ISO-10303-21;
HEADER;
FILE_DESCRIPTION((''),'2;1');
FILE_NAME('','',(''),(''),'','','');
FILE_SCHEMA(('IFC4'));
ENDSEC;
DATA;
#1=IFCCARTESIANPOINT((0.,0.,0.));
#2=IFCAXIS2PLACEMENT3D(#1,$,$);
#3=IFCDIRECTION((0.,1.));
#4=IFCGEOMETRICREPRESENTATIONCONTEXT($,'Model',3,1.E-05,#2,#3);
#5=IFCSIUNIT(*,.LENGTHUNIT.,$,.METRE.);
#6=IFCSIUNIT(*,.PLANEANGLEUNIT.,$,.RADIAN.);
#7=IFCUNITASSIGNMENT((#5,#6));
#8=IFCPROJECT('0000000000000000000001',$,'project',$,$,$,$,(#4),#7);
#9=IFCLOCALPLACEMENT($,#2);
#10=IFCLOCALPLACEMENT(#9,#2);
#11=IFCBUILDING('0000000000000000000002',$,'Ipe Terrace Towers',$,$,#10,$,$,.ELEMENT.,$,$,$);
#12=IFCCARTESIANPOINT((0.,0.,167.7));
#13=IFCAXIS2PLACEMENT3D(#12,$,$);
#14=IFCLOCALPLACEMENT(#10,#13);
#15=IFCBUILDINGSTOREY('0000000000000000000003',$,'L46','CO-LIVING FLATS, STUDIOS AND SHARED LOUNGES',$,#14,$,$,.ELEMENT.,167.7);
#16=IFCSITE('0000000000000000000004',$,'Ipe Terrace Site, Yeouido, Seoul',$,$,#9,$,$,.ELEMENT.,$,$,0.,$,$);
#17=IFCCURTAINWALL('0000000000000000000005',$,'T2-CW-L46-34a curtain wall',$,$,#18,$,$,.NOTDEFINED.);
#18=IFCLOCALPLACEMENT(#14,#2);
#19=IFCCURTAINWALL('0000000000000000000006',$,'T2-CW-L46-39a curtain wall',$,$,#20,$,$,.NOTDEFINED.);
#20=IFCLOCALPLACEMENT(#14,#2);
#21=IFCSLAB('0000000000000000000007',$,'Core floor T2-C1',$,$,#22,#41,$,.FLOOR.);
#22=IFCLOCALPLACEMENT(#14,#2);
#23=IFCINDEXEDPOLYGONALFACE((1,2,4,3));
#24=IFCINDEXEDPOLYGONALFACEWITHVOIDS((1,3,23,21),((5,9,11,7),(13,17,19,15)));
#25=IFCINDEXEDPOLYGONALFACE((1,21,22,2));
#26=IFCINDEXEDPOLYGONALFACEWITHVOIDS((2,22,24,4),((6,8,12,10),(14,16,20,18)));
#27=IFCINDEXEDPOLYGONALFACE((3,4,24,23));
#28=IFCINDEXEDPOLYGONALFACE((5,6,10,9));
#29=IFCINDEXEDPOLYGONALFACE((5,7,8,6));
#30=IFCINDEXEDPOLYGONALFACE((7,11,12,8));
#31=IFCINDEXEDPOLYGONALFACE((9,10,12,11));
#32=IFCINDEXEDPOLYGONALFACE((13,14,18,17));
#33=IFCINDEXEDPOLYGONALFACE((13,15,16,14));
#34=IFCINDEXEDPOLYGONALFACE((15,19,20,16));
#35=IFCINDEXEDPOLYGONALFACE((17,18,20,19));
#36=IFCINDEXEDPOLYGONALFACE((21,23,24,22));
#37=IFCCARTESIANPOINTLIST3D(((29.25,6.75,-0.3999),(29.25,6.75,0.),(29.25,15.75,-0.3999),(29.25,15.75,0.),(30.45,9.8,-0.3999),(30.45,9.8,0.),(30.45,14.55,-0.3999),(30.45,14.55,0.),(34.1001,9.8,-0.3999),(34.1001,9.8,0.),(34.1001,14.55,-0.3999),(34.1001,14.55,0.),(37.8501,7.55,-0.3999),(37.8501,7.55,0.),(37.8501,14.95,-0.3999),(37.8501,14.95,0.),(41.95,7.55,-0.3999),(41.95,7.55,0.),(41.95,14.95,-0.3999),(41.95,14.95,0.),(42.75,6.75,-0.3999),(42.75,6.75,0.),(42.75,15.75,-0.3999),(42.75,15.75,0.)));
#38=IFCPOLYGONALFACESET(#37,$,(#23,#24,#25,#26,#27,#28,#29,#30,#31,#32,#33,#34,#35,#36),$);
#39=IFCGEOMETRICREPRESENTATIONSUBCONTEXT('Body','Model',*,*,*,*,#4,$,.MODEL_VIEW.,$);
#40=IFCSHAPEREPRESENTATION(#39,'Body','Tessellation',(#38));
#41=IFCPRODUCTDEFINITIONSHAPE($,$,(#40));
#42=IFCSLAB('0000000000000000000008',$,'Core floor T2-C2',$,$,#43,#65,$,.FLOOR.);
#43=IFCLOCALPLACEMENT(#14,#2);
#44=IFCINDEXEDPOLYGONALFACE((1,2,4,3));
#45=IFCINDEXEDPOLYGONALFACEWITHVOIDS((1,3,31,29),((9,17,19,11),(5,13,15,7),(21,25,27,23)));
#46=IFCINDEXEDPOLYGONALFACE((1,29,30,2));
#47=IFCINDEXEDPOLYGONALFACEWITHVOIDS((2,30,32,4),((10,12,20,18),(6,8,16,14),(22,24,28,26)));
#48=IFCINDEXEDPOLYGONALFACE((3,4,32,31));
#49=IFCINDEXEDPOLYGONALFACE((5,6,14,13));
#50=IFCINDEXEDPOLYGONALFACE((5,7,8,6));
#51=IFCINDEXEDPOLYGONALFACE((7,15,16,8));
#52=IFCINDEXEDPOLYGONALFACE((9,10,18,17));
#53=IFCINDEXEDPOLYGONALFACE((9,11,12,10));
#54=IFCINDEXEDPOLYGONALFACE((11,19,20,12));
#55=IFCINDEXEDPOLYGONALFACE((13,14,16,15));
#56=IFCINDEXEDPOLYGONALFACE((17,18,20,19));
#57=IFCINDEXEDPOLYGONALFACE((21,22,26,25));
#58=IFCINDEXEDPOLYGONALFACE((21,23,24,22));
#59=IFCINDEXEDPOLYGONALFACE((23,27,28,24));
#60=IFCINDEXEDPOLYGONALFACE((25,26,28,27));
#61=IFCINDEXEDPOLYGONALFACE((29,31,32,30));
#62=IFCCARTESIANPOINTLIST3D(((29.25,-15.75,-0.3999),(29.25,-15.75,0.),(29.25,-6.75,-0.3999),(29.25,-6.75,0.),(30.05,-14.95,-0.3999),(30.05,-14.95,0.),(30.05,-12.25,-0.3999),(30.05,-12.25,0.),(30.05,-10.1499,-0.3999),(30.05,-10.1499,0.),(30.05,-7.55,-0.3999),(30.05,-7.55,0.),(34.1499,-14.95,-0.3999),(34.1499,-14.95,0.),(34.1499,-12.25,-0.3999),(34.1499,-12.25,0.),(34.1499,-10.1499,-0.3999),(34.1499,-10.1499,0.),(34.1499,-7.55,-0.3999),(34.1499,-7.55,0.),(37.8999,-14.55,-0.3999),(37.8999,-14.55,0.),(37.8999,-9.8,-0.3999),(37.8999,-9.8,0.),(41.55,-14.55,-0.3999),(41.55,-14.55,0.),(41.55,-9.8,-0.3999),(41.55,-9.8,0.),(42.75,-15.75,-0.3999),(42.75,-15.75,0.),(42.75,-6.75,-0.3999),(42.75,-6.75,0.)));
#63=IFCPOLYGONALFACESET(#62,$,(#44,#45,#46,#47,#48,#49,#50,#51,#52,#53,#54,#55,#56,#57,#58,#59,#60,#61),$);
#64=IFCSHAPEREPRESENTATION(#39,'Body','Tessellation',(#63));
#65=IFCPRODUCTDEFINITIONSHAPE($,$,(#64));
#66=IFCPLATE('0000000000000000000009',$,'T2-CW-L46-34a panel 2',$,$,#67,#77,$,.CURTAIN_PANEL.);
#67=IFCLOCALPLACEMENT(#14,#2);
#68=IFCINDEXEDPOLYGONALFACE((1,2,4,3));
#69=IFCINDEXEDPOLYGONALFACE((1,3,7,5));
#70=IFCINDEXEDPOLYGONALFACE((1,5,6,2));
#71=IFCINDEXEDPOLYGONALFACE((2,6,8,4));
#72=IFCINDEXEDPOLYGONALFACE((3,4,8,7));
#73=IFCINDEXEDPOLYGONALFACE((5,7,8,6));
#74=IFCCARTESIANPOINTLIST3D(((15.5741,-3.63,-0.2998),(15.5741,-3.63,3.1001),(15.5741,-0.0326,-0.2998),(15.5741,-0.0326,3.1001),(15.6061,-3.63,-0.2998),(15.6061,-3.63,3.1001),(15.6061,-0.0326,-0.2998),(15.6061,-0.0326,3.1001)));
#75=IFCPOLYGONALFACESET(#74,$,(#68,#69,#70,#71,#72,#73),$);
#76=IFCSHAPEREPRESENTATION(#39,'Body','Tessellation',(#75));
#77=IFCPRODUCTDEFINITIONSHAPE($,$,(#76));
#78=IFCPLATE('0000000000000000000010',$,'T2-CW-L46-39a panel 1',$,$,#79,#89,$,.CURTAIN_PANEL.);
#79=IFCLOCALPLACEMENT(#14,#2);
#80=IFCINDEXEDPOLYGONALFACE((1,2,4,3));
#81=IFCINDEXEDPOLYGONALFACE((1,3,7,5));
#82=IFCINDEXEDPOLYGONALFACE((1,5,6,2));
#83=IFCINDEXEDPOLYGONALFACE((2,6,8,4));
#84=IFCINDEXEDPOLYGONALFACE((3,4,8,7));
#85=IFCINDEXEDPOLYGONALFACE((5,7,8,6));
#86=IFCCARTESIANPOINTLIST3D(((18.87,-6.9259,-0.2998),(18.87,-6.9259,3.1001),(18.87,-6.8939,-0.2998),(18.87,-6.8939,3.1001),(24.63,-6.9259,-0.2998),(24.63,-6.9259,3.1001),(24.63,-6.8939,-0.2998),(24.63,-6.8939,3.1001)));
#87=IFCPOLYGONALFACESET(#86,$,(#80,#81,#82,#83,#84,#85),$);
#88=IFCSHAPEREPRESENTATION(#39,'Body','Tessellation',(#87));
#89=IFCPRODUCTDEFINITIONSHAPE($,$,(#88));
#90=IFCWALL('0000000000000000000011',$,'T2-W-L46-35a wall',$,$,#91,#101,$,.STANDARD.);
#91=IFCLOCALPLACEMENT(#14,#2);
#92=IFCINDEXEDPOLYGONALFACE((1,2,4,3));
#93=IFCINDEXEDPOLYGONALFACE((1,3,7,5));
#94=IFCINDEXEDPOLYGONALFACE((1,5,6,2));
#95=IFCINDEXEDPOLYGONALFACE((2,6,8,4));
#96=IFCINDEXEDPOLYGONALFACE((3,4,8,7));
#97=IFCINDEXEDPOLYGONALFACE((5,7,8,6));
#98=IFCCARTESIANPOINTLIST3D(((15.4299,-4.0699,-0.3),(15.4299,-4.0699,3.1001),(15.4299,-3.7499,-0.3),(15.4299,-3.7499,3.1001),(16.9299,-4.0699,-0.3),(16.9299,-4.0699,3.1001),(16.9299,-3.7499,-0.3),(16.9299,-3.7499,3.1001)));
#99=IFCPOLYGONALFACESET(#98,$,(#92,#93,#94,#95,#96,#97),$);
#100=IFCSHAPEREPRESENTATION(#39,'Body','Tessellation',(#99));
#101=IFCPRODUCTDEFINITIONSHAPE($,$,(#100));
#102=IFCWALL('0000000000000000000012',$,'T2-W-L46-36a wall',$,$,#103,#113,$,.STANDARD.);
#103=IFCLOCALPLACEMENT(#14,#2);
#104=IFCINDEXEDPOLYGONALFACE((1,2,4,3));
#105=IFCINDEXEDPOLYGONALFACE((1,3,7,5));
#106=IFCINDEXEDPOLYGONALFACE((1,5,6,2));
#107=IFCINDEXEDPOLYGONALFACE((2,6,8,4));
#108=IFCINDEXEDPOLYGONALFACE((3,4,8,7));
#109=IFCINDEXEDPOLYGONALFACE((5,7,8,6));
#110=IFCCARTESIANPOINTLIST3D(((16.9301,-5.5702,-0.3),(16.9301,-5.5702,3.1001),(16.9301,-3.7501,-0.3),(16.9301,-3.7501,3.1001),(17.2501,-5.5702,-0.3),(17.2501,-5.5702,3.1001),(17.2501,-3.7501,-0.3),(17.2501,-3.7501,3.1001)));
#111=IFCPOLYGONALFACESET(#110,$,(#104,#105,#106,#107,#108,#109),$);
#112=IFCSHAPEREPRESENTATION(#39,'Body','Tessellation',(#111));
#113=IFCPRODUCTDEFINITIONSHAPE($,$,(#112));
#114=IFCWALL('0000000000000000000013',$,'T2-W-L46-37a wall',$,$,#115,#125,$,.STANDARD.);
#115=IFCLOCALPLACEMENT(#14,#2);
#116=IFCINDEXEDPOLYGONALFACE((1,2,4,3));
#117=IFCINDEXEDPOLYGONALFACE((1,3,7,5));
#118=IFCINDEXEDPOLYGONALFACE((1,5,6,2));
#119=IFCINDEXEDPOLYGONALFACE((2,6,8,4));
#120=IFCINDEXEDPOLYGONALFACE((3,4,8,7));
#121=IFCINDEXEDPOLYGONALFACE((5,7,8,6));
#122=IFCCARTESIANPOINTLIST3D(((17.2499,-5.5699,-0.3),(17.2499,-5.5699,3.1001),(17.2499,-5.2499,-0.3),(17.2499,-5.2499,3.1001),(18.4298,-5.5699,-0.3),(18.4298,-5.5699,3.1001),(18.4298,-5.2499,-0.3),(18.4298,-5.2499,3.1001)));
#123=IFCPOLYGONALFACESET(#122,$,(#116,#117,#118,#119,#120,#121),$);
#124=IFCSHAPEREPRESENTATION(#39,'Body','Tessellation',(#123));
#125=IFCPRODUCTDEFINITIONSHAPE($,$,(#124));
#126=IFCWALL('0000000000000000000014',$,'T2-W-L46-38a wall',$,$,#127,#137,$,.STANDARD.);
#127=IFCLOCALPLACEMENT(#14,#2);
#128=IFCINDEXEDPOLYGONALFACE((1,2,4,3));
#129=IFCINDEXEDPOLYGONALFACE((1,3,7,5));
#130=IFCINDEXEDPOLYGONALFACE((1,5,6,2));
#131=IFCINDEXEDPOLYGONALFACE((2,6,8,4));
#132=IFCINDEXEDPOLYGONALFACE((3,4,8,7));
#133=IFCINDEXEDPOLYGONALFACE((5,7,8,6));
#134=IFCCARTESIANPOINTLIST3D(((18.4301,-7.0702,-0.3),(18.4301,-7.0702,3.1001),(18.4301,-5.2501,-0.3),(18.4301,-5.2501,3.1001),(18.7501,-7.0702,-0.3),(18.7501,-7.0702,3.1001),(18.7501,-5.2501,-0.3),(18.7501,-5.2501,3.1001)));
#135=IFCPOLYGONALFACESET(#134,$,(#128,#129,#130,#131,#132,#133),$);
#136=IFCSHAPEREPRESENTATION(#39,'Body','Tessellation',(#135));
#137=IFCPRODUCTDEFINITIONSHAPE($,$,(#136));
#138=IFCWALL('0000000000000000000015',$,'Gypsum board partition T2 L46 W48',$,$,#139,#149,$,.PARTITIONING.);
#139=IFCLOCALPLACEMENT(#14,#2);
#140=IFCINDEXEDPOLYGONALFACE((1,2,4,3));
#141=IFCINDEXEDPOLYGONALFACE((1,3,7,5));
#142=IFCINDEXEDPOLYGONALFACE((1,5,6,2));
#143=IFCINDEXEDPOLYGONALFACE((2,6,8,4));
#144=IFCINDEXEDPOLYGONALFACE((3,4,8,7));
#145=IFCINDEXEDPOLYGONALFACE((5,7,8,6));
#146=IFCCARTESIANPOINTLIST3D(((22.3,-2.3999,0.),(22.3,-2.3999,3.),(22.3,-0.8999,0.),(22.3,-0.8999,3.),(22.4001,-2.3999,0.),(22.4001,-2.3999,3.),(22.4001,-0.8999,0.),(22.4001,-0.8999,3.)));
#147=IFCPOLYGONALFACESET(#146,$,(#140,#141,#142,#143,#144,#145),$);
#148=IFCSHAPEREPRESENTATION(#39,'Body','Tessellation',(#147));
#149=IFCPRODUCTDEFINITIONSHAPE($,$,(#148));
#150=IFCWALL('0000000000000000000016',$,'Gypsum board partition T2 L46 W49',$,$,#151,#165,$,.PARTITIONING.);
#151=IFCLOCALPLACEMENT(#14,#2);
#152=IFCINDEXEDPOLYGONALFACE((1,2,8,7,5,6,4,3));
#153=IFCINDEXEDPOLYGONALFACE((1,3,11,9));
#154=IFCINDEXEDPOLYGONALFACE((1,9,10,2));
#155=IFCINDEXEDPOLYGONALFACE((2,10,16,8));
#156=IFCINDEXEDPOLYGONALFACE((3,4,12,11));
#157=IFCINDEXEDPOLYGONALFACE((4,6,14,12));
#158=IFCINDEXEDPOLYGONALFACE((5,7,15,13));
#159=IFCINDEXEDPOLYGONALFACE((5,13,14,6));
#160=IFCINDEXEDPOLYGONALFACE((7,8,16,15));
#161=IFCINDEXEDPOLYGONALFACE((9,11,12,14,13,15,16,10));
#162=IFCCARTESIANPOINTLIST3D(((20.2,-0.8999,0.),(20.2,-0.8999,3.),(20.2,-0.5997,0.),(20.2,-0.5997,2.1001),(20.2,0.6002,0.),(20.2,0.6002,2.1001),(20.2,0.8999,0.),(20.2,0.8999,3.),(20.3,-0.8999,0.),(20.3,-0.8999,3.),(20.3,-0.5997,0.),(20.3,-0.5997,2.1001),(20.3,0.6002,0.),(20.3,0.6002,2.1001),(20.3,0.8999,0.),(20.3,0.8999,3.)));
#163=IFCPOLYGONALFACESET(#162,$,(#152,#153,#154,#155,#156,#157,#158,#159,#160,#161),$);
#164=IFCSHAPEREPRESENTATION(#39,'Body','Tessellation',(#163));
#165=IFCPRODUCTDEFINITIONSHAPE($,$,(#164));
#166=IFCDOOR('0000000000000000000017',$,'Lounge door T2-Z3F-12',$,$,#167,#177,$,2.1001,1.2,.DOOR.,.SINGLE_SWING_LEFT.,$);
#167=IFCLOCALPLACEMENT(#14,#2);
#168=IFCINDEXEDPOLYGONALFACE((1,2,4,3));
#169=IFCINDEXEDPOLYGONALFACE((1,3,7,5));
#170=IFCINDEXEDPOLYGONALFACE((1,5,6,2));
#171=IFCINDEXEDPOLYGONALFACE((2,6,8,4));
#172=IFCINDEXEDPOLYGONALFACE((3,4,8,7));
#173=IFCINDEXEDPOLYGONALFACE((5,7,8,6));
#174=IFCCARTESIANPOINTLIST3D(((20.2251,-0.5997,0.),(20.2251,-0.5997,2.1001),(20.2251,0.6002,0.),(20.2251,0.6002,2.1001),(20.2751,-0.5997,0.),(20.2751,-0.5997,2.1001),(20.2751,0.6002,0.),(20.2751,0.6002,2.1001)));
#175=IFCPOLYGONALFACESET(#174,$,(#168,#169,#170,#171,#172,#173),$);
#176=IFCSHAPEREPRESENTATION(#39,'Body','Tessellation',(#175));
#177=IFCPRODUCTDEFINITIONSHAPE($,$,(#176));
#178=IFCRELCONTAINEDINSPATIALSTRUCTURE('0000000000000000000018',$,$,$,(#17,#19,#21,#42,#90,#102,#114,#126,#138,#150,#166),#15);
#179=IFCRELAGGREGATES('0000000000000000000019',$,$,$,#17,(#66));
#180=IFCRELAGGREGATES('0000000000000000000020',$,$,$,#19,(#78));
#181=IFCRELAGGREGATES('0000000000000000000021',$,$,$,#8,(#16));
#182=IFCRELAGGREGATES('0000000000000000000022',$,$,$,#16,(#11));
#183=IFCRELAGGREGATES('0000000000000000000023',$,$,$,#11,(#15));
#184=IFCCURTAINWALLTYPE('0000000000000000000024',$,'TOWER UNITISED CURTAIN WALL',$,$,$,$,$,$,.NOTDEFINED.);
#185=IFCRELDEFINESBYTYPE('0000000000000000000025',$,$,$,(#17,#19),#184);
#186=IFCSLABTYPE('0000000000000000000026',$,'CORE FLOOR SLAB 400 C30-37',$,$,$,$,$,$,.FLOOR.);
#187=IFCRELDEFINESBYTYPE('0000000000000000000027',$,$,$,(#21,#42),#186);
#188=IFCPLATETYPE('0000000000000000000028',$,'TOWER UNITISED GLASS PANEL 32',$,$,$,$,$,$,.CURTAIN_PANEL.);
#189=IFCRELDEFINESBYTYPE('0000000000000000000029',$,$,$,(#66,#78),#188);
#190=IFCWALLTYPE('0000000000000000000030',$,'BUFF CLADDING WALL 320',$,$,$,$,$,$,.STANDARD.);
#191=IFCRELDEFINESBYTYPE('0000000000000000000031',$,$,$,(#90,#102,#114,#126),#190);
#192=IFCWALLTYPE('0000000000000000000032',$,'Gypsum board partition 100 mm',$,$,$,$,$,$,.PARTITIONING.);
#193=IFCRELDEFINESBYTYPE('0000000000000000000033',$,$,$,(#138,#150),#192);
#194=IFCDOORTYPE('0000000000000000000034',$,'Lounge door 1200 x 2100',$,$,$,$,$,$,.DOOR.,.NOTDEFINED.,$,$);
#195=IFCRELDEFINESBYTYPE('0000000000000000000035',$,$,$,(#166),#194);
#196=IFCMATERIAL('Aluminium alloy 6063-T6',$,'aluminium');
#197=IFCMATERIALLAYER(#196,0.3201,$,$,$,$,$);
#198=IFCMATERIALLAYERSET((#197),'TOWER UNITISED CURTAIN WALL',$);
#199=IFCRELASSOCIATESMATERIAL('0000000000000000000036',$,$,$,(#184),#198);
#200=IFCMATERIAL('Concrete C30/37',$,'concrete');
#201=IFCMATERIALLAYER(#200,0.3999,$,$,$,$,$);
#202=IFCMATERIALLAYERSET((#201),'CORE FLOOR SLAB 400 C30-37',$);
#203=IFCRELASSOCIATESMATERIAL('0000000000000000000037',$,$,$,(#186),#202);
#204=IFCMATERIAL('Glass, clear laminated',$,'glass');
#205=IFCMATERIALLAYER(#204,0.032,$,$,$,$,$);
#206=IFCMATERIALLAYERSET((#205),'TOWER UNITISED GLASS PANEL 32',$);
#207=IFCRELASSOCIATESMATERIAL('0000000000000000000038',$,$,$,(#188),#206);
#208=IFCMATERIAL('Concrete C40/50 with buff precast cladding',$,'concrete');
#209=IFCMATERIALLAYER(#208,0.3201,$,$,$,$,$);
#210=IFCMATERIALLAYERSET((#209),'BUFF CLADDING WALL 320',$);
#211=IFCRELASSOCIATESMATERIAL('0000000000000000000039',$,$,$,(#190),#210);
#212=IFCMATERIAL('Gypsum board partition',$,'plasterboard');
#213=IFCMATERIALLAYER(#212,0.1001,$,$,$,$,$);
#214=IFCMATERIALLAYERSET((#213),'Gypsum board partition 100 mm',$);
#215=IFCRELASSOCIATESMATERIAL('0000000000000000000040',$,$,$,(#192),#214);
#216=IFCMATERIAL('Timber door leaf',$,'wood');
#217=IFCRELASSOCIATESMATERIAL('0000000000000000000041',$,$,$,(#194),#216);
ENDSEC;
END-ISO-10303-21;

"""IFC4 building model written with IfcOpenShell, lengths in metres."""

from ifc_helpers import new_model, si_unit, direction, frame, frame_2d, origin, origin_2d, place, context, subcontext, project, spatial, polyline, rectangle, outline, extrude, material, layer, layer_set, type_object, element, fill, aggregate, save


model = new_model("IFC4")

# Units and contexts
model_context = context("Model", 3, precision=1e-05, world=origin(), true_north=direction((0.0, 1.0)))
body_context = subcontext(model_context, "Body", "Model", "MODEL_VIEW")
ifc_project = project(units=[si_unit("LENGTHUNIT", "METRE"), si_unit("PLANEANGLEUNIT", "RADIAN")], contexts=[model_context])

# Site, building, storey
site_placement = place(None, origin())
site = spatial("IfcSite", under=ifc_project, at=site_placement, Name="Ipe Terrace Site, Yeouido, Seoul", CompositionType="ELEMENT", RefElevation=0.0)
building_placement = place(site_placement, origin())
building = spatial("IfcBuilding", under=site, at=building_placement, Name="Ipe Terrace Towers", CompositionType="ELEMENT")
storey_placement = place(building_placement, frame((0.0, 0.0, 167.7)))
storey = spatial("IfcBuildingStorey", under=building, at=storey_placement, Name="L46", Description="CO-LIVING FLATS, STUDIOS AND SHARED LOUNGES", CompositionType="ELEMENT", Elevation=167.7)

# Curtain walls
ifc_material_1 = material(Name="Aluminium alloy 6063-T6", Category="aluminium")
ifc_layer_1 = layer(ifc_material_1, 0.3201)
ifc_layer_set_1 = layer_set([ifc_layer_1], Name="TOWER UNITISED CURTAIN WALL")
curtain_wall_type = type_object("IfcCurtainWallType", Name="TOWER UNITISED CURTAIN WALL", PredefinedType="NOTDEFINED", material=ifc_layer_set_1)
curtain_wall_1_placement = place(storey_placement, origin())
curtain_wall_1 = element("IfcCurtainWall", 1, at=curtain_wall_1_placement, inside=storey, type_object=curtain_wall_type, Name="T2-CW-L46-34a curtain wall", PredefinedType="NOTDEFINED")
curtain_wall_2_placement = place(storey_placement, origin())
curtain_wall_2 = element("IfcCurtainWall", 2, at=curtain_wall_2_placement, inside=storey, type_object=curtain_wall_type, Name="T2-CW-L46-39a curtain wall", PredefinedType="NOTDEFINED")

# Slabs
ifc_material_2 = material(Name="Concrete C30/37", Category="concrete")
ifc_layer_2 = layer(ifc_material_2, 0.3999)
ifc_layer_set_2 = layer_set([ifc_layer_2], Name="CORE FLOOR SLAB 400 C30-37")
slab_type = type_object("IfcSlabType", Name="CORE FLOOR SLAB 400 C30-37", PredefinedType="FLOOR", material=ifc_layer_set_2)
slab_1_placement = place(storey_placement, frame((0.0, 0.0, -0.3999)))
element("IfcSlab", 3, at=slab_1_placement, inside=storey, type_object=slab_type, Name="Core floor T2-C1", PredefinedType="FLOOR", context=body_context, shape_type="SweptSolid", body=[
    extrude(outline(polyline([(29.25, 6.75), (29.25, 15.75), (42.75, 15.75), (42.75, 6.75), (29.25, 6.75)]), holes=[polyline([(41.95, 7.55), (41.95, 14.95), (37.8501, 14.95), (37.8501, 7.55), (41.95, 7.55)]), polyline([(30.45, 9.8), (34.1001, 9.8), (34.1001, 14.55), (30.45, 14.55), (30.45, 9.8)])]), origin(), (0.0, 0.0, 1.0), 0.3999),
])
slab_2_placement = place(storey_placement, frame((0.0, 0.0, -0.3999)))
element("IfcSlab", 4, at=slab_2_placement, inside=storey, type_object=slab_type, Name="Core floor T2-C2", PredefinedType="FLOOR", context=body_context, shape_type="SweptSolid", body=[
    extrude(outline(polyline([(29.25, -15.75), (29.25, -6.75), (42.75, -6.75), (42.75, -15.75), (29.25, -15.75)]), holes=[polyline([(30.05, -12.25), (30.05, -14.95), (34.1499, -14.95), (34.1499, -12.25), (30.05, -12.25)]), polyline([(41.55, -9.8), (37.8999, -9.8), (37.8999, -14.55), (41.55, -14.55), (41.55, -9.8)]), polyline([(34.1499, -7.55), (30.05, -7.55), (30.05, -10.1499), (34.1499, -10.1499), (34.1499, -7.55)])]), origin(), (0.0, 0.0, 1.0), 0.3999),
])

# Plates
ifc_material_3 = material(Name="Glass, clear laminated", Category="glass")
ifc_layer_3 = layer(ifc_material_3, 0.032)
ifc_layer_set_3 = layer_set([ifc_layer_3], Name="TOWER UNITISED GLASS PANEL 32")
plate_type = type_object("IfcPlateType", Name="TOWER UNITISED GLASS PANEL 32", PredefinedType="CURTAIN_PANEL", material=ifc_layer_set_3)
plate_1_placement = place(storey_placement, frame((15.5901, -1.8313, -0.2998), z_axis=(0.0, 0.0, 1.0), x_axis=(0.0, -1.0, 0.0)))
plate_1 = element("IfcPlate", 5, at=plate_1_placement, type_object=plate_type, Name="T2-CW-L46-34a panel 2", PredefinedType="CURTAIN_PANEL", context=body_context, shape_type="SweptSolid", body=[
    extrude(rectangle(XDim=3.5974, YDim=0.032, at=origin_2d()), origin(), (0.0, 0.0, 1.0), 3.3999),
])
aggregate(curtain_wall_1, [plate_1])
plate_2_placement = place(storey_placement, frame((21.75, -6.9099, -0.2998), z_axis=(0.0, 0.0, 1.0), x_axis=(1.0, 0.0, 0.0)))
plate_2 = element("IfcPlate", 6, at=plate_2_placement, type_object=plate_type, Name="T2-CW-L46-39a panel 1", PredefinedType="CURTAIN_PANEL", context=body_context, shape_type="SweptSolid", body=[
    extrude(rectangle(XDim=5.76, YDim=0.032, at=origin_2d()), origin(), (0.0, 0.0, 1.0), 3.3999),
])
aggregate(curtain_wall_2, [plate_2])

# Walls
ifc_material_4 = material(Name="Concrete C40/50 with buff precast cladding", Category="concrete")
ifc_layer_4 = layer(ifc_material_4, 0.3201)
ifc_layer_set_4 = layer_set([ifc_layer_4], Name="BUFF CLADDING WALL 320")
wall_type_1 = type_object("IfcWallType", Name="BUFF CLADDING WALL 320", PredefinedType="STANDARD", material=ifc_layer_set_4)
wall_1_placement = place(storey_placement, frame((15.4299, -3.9099, -0.3), z_axis=(0.0, 0.0, 1.0), x_axis=(1.0, 0.0, 0.0)))
element("IfcWall", 7, at=wall_1_placement, inside=storey, type_object=wall_type_1, Name="T2-W-L46-35a wall", PredefinedType="STANDARD", context=body_context, shape_type="SweptSolid", body=[
    extrude(rectangle(XDim=1.5, YDim=0.3201, at=frame_2d((0.75, 0.0))), origin(), (0.0, 0.0, 1.0), 3.4001),
])
wall_2_placement = place(storey_placement, frame((17.0901, -3.75, -0.3), z_axis=(0.0, 0.0, 1.0), x_axis=(0.0, -1.0, 0.0)))
element("IfcWall", 8, at=wall_2_placement, inside=storey, type_object=wall_type_1, Name="T2-W-L46-36a wall", PredefinedType="STANDARD", context=body_context, shape_type="SweptSolid", body=[
    extrude(rectangle(XDim=1.8201, YDim=0.3201, at=frame_2d((0.9102, 0.0))), origin(), (0.0, 0.0, 1.0), 3.4001),
])
wall_3_placement = place(storey_placement, frame((17.25, -5.4099, -0.3), z_axis=(0.0, 0.0, 1.0), x_axis=(1.0, 0.0, 0.0)))
element("IfcWall", 9, at=wall_3_placement, inside=storey, type_object=wall_type_1, Name="T2-W-L46-37a wall", PredefinedType="STANDARD", context=body_context, shape_type="SweptSolid", body=[
    extrude(rectangle(XDim=1.1799, YDim=0.3201, at=frame_2d((0.5898, 0.0))), origin(), (0.0, 0.0, 1.0), 3.4001),
])
wall_4_placement = place(storey_placement, frame((18.5901, -5.25, -0.3), z_axis=(0.0, 0.0, 1.0), x_axis=(0.0, -1.0, 0.0)))
element("IfcWall", 10, at=wall_4_placement, inside=storey, type_object=wall_type_1, Name="T2-W-L46-38a wall", PredefinedType="STANDARD", context=body_context, shape_type="SweptSolid", body=[
    extrude(rectangle(XDim=1.8201, YDim=0.3201, at=frame_2d((0.9102, 0.0))), origin(), (0.0, 0.0, 1.0), 3.4001),
])
ifc_material_5 = material(Name="Gypsum board partition", Category="plasterboard")
ifc_layer_5 = layer(ifc_material_5, 0.1001)
ifc_layer_set_5 = layer_set([ifc_layer_5], Name="Gypsum board partition 100 mm")
wall_type_2 = type_object("IfcWallType", Name="Gypsum board partition 100 mm", PredefinedType="PARTITIONING", material=ifc_layer_set_5)
wall_5_placement = place(storey_placement, frame((22.3501, -2.3999, 0.0), z_axis=(0.0, 0.0, 1.0), x_axis=(0.0, 1.0, 0.0)))
element("IfcWall", 11, at=wall_5_placement, inside=storey, type_object=wall_type_2, Name="Gypsum board partition T2 L46 W48", PredefinedType="PARTITIONING", context=body_context, shape_type="SweptSolid", body=[
    extrude(rectangle(XDim=1.5, YDim=0.1001, at=frame_2d((0.75, 0.0))), origin(), (0.0, 0.0, 1.0), 3.0),
])

# Wall, opening, door
wall_6_placement = place(storey_placement, frame((20.25, -0.8999, 0.0), z_axis=(0.0, 0.0, 1.0), x_axis=(0.0, 1.0, 0.0)))
wall_6 = element("IfcWall", 12, at=wall_6_placement, inside=storey, type_object=wall_type_2, Name="Gypsum board partition T2 L46 W49", PredefinedType="PARTITIONING", context=body_context, shape_type="SweptSolid", body=[
    extrude(rectangle(XDim=1.7998, YDim=0.1001, at=frame_2d((0.8999, 0.0))), origin(), (0.0, 0.0, 1.0), 3.0),
])
opening_placement = place(wall_6_placement, frame((0.3, 0.0, 0.0)))
opening = element("IfcOpeningElement", 13, at=opening_placement, cuts=wall_6, PredefinedType="OPENING", context=body_context, shape_type="SweptSolid", body=[
    extrude(rectangle(XDim=1.2, YDim=2.1001, at=frame_2d((0.6001, 1.05))), frame((0.0, 0.0601, 0.0), z_axis=(0.0, -1.0, 0.0), x_axis=(1.0, 0.0, 0.0)), (0.0, 0.0, 1.0), 0.1201),
])
ifc_material_6 = material(Name="Timber door leaf", Category="wood")
door_type = type_object("IfcDoorType", Name="Lounge door 1200 x 2100", OperationType="NOTDEFINED", PredefinedType="DOOR", material=ifc_material_6)
door_placement = place(opening_placement, origin())
door = element("IfcDoor", 14, at=door_placement, inside=storey, type_object=door_type, Name="Lounge door T2-Z3F-12", OperationType="SINGLE_SWING_LEFT", OverallHeight=2.1001, OverallWidth=1.2, PredefinedType="DOOR", context=body_context, shape_type="SweptSolid", body=[
    extrude(rectangle(XDim=1.2, YDim=2.1001, at=frame_2d((0.6001, 1.05))), frame((0.0, 0.0249, 0.0), z_axis=(0.0, -1.0, 0.0), x_axis=(1.0, 0.0, 0.0)), (0.0, 0.0, 1.0), 0.05),
])
fill(opening, door)

save(model, "model.ifc")
